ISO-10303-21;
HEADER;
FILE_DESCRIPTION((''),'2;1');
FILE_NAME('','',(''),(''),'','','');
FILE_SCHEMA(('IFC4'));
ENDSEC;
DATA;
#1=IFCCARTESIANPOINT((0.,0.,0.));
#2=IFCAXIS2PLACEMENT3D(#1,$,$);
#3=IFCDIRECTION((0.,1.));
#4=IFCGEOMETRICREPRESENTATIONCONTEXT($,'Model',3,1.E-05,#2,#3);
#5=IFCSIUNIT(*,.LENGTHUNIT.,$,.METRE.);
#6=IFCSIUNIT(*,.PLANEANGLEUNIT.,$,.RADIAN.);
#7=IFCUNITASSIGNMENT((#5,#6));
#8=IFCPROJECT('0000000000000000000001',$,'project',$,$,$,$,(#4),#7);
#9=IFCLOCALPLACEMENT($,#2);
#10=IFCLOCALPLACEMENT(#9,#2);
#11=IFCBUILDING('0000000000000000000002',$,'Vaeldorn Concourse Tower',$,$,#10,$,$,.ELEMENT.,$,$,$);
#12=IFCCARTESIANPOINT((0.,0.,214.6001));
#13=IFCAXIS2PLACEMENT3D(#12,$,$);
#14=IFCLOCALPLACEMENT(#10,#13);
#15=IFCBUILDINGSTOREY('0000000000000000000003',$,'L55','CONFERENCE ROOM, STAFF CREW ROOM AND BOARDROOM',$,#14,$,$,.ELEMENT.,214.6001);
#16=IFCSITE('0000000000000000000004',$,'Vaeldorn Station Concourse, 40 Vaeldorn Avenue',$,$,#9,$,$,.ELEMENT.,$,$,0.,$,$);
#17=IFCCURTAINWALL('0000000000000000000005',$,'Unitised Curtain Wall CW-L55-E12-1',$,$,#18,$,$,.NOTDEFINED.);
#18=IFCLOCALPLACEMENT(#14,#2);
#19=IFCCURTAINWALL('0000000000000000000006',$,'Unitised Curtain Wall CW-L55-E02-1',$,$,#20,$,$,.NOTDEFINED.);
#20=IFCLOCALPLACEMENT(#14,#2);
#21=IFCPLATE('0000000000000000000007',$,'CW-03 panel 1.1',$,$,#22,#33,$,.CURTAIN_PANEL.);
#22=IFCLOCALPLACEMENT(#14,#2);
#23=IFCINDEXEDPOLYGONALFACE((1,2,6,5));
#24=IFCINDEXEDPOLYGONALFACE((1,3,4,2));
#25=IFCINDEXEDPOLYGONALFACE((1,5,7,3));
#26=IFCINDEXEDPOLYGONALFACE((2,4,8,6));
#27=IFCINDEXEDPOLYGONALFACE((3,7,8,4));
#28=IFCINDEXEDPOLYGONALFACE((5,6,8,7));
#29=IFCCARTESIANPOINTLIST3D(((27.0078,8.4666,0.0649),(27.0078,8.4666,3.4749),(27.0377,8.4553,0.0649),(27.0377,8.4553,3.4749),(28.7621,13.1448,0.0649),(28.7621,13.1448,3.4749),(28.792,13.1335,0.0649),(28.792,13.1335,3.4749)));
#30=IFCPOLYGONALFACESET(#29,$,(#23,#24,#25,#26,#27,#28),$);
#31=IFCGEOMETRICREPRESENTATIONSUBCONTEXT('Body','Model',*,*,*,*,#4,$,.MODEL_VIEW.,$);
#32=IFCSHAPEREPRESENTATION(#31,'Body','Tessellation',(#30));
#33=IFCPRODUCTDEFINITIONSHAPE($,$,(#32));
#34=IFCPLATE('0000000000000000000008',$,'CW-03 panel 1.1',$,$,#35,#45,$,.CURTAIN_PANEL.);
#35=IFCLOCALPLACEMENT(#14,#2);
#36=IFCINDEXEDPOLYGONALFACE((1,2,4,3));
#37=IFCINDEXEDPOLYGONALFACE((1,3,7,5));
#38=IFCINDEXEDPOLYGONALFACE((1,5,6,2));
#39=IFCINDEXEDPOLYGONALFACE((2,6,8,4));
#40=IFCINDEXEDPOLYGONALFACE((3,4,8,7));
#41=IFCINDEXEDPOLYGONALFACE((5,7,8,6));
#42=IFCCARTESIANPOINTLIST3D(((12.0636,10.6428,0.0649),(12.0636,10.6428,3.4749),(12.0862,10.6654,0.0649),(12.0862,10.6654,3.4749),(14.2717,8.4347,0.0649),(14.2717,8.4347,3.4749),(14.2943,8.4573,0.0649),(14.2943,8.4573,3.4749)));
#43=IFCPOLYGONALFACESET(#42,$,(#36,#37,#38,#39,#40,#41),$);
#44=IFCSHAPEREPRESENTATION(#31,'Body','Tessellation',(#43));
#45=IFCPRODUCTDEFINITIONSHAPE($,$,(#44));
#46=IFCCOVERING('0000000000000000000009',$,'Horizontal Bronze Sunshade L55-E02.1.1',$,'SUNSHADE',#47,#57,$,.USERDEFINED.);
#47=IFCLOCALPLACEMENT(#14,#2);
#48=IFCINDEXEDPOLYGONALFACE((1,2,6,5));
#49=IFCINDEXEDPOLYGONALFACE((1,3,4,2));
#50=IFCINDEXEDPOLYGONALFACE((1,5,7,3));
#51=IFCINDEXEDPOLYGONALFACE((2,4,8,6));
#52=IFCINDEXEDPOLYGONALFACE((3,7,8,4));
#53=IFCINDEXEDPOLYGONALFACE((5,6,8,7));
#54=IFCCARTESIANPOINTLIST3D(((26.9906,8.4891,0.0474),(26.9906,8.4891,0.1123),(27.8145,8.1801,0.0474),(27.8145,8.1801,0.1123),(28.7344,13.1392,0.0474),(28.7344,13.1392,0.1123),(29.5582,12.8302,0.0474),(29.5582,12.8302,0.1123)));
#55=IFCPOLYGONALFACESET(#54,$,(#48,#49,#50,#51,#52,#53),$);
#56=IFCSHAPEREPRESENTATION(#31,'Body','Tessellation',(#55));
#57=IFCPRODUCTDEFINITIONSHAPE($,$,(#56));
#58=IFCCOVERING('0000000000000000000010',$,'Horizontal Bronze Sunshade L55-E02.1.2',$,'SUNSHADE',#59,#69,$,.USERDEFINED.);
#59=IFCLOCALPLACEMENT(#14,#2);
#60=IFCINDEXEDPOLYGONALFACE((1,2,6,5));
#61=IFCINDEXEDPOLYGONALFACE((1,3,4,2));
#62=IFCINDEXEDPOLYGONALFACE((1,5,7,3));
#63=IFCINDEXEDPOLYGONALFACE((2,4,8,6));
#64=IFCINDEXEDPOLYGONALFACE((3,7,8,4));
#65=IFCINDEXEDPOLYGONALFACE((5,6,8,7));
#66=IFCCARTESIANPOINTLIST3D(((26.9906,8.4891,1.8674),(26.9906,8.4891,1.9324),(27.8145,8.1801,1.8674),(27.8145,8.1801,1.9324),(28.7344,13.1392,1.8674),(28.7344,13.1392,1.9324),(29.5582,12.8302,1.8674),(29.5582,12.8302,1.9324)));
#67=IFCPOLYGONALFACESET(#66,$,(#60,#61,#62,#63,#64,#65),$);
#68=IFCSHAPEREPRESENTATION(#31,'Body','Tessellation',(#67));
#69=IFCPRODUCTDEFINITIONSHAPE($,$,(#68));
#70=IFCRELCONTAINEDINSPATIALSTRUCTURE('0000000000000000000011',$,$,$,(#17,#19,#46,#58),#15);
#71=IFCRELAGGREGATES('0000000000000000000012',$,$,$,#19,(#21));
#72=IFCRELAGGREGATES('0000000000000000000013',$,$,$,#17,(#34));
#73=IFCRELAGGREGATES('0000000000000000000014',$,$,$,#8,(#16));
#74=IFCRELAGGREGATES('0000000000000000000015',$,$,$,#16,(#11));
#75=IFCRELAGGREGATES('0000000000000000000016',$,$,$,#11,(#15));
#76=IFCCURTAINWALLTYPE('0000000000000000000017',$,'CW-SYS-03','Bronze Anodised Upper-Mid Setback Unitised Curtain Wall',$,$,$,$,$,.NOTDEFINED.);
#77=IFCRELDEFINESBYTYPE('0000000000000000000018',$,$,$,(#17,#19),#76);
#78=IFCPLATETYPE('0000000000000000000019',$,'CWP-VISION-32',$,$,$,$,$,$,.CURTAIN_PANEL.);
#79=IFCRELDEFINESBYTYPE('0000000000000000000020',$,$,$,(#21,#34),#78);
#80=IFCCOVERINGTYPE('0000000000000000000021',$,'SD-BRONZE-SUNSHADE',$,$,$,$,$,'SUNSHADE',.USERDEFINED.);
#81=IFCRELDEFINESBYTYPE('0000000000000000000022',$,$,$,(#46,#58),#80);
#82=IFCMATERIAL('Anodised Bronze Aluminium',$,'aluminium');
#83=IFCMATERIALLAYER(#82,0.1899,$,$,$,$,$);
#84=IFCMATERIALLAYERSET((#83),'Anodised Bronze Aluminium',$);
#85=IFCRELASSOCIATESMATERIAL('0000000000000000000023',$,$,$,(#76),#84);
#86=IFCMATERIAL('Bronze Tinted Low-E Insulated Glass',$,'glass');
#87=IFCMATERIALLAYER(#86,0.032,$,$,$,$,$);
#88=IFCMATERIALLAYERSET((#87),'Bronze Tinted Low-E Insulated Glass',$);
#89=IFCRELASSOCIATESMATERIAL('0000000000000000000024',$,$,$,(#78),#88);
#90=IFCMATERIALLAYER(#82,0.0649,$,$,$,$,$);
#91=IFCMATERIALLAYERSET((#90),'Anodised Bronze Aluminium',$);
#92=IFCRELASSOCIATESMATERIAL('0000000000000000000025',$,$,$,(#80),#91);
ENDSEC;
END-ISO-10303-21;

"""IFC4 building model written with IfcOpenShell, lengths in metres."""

from ifc_helpers import new_model, si_unit, direction, frame, origin, origin_2d, place, context, subcontext, project, spatial, rectangle, extrude, source, transform, mapped, material, layer, layer_set, type_object, element, aggregate, save


model = new_model("IFC4")

# Units and contexts
model_context = context("Model", 3, precision=1e-05, world=origin(), true_north=direction((0.0, 1.0)))
body_context = subcontext(model_context, "Body", "Model", "MODEL_VIEW")
ifc_project = project(units=[si_unit("LENGTHUNIT", "METRE"), si_unit("PLANEANGLEUNIT", "RADIAN")], contexts=[model_context])

# Site, building, storey
site_placement = place(None, origin())
site = spatial("IfcSite", under=ifc_project, at=site_placement, Name="Vaeldorn Station Concourse, 40 Vaeldorn Avenue", CompositionType="ELEMENT", RefElevation=0.0)
building_placement = place(site_placement, origin())
building = spatial("IfcBuilding", under=site, at=building_placement, Name="Vaeldorn Concourse Tower", CompositionType="ELEMENT")
storey_placement = place(building_placement, frame((0.0, 0.0, 214.6001)))
storey = spatial("IfcBuildingStorey", under=building, at=storey_placement, Name="L55", Description="CONFERENCE ROOM, STAFF CREW ROOM AND BOARDROOM", CompositionType="ELEMENT", Elevation=214.6001)

# Curtain wall
ifc_material_1 = material(Name="Anodised Bronze Aluminium", Category="aluminium")
ifc_layer_1 = layer(ifc_material_1, 0.1899)
ifc_layer_set_1 = layer_set([ifc_layer_1], Name="Anodised Bronze Aluminium")
curtain_wall_type = type_object("IfcCurtainWallType", Name="CW-SYS-03", Description="Bronze Anodised Upper-Mid Setback Unitised Curtain Wall", PredefinedType="NOTDEFINED", material=ifc_layer_set_1)
curtain_wall_1_placement = place(storey_placement, origin())
curtain_wall_1 = element("IfcCurtainWall", 1, at=curtain_wall_1_placement, inside=storey, type_object=curtain_wall_type, Name="Unitised Curtain Wall CW-L55-E12-1", PredefinedType="NOTDEFINED")

# Curtain wall
curtain_wall_2_placement = place(storey_placement, origin())
curtain_wall_2 = element("IfcCurtainWall", 2, at=curtain_wall_2_placement, inside=storey, type_object=curtain_wall_type, Name="Unitised Curtain Wall CW-L55-E02-1", PredefinedType="NOTDEFINED")

# Plates
ifc_material_2 = material(Name="Bronze Tinted Low-E Insulated Glass", Category="glass")
ifc_layer_2 = layer(ifc_material_2, 0.032)
ifc_layer_set_2 = layer_set([ifc_layer_2], Name="Bronze Tinted Low-E Insulated Glass")
plate_type = type_object("IfcPlateType", Name="CWP-VISION-32", PredefinedType="CURTAIN_PANEL", material=ifc_layer_set_2)
shared_shape_1 = source(origin(), body_context, "Body", "SweptSolid", [
    extrude(rectangle(XDim=4.9963, YDim=0.032, at=origin_2d()), origin(), (0.0, 0.0, 1.0), 3.4099),
])
plate_1_placement = place(storey_placement, frame((27.8999, 10.8, 0.0649), z_axis=(0.0, 0.0, 1.0), x_axis=(0.351123, 0.936329, 0.0)))
plate_1 = element("IfcPlate", 3, at=plate_1_placement, type_object=plate_type, Name="CW-03 panel 1.1", PredefinedType="CURTAIN_PANEL", context=body_context, shape_type="MappedRepresentation", body=[
    mapped(shared_shape_1, transform((0.0, 0.0, 0.0), scale=1.0)),
])
aggregate(curtain_wall_2, [plate_1])
shared_shape_2 = source(origin(), body_context, "Body", "SweptSolid", [
    extrude(rectangle(XDim=3.1228, YDim=0.032, at=origin_2d()), origin(), (0.0, 0.0, 1.0), 3.4099),
])
plate_2_placement = place(storey_placement, frame((13.179, 9.55, 0.0649), z_axis=(0.0, 0.0, 1.0), x_axis=(0.707107, -0.707107, 0.0)))
plate_2 = element("IfcPlate", 4, at=plate_2_placement, type_object=plate_type, Name="CW-03 panel 1.1", PredefinedType="CURTAIN_PANEL", context=body_context, shape_type="MappedRepresentation", body=[
    mapped(shared_shape_2, transform((0.0, 0.0, 0.0), scale=1.0)),
])
aggregate(curtain_wall_1, [plate_2])

# Coverings
ifc_layer_3 = layer(ifc_material_1, 0.0649)
ifc_layer_set_3 = layer_set([ifc_layer_3], Name="Anodised Bronze Aluminium")
covering_type = type_object("IfcCoveringType", Name="SD-BRONZE-SUNSHADE", ElementType="SUNSHADE", PredefinedType="USERDEFINED", material=ifc_layer_set_3)
shared_shape_3 = source(origin(), body_context, "Body", "SweptSolid", [
    extrude(rectangle(XDim=4.9663, YDim=0.8799, at=origin_2d()), origin(), (0.0, 0.0, 1.0), 0.0649),
])
for number, where, z_axis, x_axis, name in (
    (5, (28.2744, 10.6597, 0.0474), (0.0, 0.0, 1.0), (0.351123, 0.936329, 0.0), "Horizontal Bronze Sunshade L55-E02.1.1"),
    (6, (28.2744, 10.6597, 1.8674), (0.0, 0.0, 1.0), (0.351123, 0.936329, 0.0), "Horizontal Bronze Sunshade L55-E02.1.2"),
):
    element("IfcCovering", number, at=place(storey_placement, frame(where, z_axis=z_axis, x_axis=x_axis)), inside=storey, type_object=covering_type, Name=name, ObjectType="SUNSHADE", PredefinedType="USERDEFINED", context=body_context, shape_type="MappedRepresentation", body=[
        mapped(shared_shape_3, transform((0.0, 0.0, 0.0), scale=1.0)),
    ])

save(model, "model.ifc")
